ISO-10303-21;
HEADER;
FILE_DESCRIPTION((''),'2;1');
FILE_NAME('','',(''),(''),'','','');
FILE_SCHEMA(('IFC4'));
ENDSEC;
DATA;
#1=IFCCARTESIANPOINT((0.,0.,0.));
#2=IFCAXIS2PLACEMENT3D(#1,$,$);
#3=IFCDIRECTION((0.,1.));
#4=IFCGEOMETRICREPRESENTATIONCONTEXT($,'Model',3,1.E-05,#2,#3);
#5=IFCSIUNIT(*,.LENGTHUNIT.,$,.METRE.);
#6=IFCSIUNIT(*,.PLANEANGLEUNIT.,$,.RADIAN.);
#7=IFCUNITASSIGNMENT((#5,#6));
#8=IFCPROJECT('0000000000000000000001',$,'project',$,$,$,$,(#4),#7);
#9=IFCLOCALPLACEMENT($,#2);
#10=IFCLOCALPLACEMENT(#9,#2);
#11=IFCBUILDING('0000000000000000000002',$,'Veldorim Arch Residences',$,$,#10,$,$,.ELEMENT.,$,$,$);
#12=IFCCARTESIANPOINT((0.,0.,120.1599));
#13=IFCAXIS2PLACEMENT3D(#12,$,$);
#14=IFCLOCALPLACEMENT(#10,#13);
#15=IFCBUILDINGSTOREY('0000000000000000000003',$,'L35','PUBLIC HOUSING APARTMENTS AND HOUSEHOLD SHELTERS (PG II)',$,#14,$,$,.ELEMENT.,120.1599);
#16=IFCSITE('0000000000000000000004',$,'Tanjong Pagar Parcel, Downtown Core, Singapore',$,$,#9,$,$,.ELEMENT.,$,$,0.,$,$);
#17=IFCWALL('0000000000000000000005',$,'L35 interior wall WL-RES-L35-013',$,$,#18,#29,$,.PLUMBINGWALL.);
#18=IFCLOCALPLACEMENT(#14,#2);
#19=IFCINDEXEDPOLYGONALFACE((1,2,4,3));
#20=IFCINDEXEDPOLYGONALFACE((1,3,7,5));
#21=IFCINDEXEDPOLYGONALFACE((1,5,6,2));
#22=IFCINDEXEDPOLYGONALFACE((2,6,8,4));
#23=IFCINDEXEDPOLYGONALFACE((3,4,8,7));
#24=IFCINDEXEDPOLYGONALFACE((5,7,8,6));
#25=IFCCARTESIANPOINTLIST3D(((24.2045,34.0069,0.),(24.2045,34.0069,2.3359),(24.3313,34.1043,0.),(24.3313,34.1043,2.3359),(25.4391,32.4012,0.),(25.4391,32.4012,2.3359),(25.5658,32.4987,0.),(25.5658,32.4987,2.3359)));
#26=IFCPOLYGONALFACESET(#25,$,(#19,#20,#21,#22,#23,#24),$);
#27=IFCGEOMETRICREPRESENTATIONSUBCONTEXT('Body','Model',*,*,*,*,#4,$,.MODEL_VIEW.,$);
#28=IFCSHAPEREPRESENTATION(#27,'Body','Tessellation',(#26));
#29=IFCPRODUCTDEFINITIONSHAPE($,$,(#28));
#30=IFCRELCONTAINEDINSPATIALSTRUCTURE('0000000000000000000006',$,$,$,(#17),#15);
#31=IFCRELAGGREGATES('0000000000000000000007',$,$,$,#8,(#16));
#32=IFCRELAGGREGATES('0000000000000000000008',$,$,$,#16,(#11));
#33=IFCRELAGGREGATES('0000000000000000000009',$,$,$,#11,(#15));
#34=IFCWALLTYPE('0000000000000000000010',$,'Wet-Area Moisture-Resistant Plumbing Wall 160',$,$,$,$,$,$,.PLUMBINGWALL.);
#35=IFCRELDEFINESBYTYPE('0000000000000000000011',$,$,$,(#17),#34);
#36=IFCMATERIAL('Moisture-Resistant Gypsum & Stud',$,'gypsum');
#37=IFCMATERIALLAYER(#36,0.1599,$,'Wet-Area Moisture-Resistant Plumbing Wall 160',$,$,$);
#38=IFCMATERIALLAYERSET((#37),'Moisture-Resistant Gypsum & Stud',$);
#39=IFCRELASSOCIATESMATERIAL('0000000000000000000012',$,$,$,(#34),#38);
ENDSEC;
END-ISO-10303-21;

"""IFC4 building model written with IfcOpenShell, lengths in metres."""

from ifc_helpers import new_model, si_unit, direction, frame, frame_2d, origin, place, context, subcontext, project, spatial, rectangle, extrude, material, layer, layer_set, type_object, element, save


model = new_model("IFC4")

# Units and contexts
model_context = context("Model", 3, precision=1e-05, world=origin(), true_north=direction((0.0, 1.0)))
body_context = subcontext(model_context, "Body", "Model", "MODEL_VIEW")
ifc_project = project(units=[si_unit("LENGTHUNIT", "METRE"), si_unit("PLANEANGLEUNIT", "RADIAN")], contexts=[model_context])

# Site, building, storey
site_placement = place(None, origin())
site = spatial("IfcSite", under=ifc_project, at=site_placement, Name="Tanjong Pagar Parcel, Downtown Core, Singapore", CompositionType="ELEMENT", RefElevation=0.0)
building_placement = place(site_placement, origin())
building = spatial("IfcBuilding", under=site, at=building_placement, Name="Veldorim Arch Residences", CompositionType="ELEMENT")
storey_placement = place(building_placement, frame((0.0, 0.0, 120.1599)))
storey = spatial("IfcBuildingStorey", under=building, at=storey_placement, Name="L35", Description="PUBLIC HOUSING APARTMENTS AND HOUSEHOLD SHELTERS (PG II)", CompositionType="ELEMENT", Elevation=120.1599)

# Shared definitions
ifc_material_1 = material(Name="Moisture-Resistant Gypsum & Stud", Category="gypsum")
ifc_layer_1 = layer(ifc_material_1, 0.1599, Name="Wet-Area Moisture-Resistant Plumbing Wall 160")
ifc_layer_set_1 = layer_set([ifc_layer_1], Name="Moisture-Resistant Gypsum & Stud")
wall_type_1 = type_object("IfcWallType", Name="Wet-Area Moisture-Resistant Plumbing Wall 160", PredefinedType="PLUMBINGWALL", material=ifc_layer_set_1)

# Wall
wall_1_placement = place(storey_placement, frame((25.5024, 32.45, 0.0), z_axis=(0.0, 0.0, 1.0), x_axis=(-0.609542, 0.792754, 0.0)))
element("IfcWall", 1, at=wall_1_placement, inside=storey, type_object=wall_type_1, Name="L35 interior wall WL-RES-L35-013", PredefinedType="PLUMBINGWALL", context=body_context, shape_type="SweptSolid", body=[
    extrude(rectangle(XDim=2.0254, YDim=0.1599, at=frame_2d((1.0127, 0.0))), origin(), (0.0, 0.0, 1.0), 2.3359),
])

save(model, "model.ifc")
